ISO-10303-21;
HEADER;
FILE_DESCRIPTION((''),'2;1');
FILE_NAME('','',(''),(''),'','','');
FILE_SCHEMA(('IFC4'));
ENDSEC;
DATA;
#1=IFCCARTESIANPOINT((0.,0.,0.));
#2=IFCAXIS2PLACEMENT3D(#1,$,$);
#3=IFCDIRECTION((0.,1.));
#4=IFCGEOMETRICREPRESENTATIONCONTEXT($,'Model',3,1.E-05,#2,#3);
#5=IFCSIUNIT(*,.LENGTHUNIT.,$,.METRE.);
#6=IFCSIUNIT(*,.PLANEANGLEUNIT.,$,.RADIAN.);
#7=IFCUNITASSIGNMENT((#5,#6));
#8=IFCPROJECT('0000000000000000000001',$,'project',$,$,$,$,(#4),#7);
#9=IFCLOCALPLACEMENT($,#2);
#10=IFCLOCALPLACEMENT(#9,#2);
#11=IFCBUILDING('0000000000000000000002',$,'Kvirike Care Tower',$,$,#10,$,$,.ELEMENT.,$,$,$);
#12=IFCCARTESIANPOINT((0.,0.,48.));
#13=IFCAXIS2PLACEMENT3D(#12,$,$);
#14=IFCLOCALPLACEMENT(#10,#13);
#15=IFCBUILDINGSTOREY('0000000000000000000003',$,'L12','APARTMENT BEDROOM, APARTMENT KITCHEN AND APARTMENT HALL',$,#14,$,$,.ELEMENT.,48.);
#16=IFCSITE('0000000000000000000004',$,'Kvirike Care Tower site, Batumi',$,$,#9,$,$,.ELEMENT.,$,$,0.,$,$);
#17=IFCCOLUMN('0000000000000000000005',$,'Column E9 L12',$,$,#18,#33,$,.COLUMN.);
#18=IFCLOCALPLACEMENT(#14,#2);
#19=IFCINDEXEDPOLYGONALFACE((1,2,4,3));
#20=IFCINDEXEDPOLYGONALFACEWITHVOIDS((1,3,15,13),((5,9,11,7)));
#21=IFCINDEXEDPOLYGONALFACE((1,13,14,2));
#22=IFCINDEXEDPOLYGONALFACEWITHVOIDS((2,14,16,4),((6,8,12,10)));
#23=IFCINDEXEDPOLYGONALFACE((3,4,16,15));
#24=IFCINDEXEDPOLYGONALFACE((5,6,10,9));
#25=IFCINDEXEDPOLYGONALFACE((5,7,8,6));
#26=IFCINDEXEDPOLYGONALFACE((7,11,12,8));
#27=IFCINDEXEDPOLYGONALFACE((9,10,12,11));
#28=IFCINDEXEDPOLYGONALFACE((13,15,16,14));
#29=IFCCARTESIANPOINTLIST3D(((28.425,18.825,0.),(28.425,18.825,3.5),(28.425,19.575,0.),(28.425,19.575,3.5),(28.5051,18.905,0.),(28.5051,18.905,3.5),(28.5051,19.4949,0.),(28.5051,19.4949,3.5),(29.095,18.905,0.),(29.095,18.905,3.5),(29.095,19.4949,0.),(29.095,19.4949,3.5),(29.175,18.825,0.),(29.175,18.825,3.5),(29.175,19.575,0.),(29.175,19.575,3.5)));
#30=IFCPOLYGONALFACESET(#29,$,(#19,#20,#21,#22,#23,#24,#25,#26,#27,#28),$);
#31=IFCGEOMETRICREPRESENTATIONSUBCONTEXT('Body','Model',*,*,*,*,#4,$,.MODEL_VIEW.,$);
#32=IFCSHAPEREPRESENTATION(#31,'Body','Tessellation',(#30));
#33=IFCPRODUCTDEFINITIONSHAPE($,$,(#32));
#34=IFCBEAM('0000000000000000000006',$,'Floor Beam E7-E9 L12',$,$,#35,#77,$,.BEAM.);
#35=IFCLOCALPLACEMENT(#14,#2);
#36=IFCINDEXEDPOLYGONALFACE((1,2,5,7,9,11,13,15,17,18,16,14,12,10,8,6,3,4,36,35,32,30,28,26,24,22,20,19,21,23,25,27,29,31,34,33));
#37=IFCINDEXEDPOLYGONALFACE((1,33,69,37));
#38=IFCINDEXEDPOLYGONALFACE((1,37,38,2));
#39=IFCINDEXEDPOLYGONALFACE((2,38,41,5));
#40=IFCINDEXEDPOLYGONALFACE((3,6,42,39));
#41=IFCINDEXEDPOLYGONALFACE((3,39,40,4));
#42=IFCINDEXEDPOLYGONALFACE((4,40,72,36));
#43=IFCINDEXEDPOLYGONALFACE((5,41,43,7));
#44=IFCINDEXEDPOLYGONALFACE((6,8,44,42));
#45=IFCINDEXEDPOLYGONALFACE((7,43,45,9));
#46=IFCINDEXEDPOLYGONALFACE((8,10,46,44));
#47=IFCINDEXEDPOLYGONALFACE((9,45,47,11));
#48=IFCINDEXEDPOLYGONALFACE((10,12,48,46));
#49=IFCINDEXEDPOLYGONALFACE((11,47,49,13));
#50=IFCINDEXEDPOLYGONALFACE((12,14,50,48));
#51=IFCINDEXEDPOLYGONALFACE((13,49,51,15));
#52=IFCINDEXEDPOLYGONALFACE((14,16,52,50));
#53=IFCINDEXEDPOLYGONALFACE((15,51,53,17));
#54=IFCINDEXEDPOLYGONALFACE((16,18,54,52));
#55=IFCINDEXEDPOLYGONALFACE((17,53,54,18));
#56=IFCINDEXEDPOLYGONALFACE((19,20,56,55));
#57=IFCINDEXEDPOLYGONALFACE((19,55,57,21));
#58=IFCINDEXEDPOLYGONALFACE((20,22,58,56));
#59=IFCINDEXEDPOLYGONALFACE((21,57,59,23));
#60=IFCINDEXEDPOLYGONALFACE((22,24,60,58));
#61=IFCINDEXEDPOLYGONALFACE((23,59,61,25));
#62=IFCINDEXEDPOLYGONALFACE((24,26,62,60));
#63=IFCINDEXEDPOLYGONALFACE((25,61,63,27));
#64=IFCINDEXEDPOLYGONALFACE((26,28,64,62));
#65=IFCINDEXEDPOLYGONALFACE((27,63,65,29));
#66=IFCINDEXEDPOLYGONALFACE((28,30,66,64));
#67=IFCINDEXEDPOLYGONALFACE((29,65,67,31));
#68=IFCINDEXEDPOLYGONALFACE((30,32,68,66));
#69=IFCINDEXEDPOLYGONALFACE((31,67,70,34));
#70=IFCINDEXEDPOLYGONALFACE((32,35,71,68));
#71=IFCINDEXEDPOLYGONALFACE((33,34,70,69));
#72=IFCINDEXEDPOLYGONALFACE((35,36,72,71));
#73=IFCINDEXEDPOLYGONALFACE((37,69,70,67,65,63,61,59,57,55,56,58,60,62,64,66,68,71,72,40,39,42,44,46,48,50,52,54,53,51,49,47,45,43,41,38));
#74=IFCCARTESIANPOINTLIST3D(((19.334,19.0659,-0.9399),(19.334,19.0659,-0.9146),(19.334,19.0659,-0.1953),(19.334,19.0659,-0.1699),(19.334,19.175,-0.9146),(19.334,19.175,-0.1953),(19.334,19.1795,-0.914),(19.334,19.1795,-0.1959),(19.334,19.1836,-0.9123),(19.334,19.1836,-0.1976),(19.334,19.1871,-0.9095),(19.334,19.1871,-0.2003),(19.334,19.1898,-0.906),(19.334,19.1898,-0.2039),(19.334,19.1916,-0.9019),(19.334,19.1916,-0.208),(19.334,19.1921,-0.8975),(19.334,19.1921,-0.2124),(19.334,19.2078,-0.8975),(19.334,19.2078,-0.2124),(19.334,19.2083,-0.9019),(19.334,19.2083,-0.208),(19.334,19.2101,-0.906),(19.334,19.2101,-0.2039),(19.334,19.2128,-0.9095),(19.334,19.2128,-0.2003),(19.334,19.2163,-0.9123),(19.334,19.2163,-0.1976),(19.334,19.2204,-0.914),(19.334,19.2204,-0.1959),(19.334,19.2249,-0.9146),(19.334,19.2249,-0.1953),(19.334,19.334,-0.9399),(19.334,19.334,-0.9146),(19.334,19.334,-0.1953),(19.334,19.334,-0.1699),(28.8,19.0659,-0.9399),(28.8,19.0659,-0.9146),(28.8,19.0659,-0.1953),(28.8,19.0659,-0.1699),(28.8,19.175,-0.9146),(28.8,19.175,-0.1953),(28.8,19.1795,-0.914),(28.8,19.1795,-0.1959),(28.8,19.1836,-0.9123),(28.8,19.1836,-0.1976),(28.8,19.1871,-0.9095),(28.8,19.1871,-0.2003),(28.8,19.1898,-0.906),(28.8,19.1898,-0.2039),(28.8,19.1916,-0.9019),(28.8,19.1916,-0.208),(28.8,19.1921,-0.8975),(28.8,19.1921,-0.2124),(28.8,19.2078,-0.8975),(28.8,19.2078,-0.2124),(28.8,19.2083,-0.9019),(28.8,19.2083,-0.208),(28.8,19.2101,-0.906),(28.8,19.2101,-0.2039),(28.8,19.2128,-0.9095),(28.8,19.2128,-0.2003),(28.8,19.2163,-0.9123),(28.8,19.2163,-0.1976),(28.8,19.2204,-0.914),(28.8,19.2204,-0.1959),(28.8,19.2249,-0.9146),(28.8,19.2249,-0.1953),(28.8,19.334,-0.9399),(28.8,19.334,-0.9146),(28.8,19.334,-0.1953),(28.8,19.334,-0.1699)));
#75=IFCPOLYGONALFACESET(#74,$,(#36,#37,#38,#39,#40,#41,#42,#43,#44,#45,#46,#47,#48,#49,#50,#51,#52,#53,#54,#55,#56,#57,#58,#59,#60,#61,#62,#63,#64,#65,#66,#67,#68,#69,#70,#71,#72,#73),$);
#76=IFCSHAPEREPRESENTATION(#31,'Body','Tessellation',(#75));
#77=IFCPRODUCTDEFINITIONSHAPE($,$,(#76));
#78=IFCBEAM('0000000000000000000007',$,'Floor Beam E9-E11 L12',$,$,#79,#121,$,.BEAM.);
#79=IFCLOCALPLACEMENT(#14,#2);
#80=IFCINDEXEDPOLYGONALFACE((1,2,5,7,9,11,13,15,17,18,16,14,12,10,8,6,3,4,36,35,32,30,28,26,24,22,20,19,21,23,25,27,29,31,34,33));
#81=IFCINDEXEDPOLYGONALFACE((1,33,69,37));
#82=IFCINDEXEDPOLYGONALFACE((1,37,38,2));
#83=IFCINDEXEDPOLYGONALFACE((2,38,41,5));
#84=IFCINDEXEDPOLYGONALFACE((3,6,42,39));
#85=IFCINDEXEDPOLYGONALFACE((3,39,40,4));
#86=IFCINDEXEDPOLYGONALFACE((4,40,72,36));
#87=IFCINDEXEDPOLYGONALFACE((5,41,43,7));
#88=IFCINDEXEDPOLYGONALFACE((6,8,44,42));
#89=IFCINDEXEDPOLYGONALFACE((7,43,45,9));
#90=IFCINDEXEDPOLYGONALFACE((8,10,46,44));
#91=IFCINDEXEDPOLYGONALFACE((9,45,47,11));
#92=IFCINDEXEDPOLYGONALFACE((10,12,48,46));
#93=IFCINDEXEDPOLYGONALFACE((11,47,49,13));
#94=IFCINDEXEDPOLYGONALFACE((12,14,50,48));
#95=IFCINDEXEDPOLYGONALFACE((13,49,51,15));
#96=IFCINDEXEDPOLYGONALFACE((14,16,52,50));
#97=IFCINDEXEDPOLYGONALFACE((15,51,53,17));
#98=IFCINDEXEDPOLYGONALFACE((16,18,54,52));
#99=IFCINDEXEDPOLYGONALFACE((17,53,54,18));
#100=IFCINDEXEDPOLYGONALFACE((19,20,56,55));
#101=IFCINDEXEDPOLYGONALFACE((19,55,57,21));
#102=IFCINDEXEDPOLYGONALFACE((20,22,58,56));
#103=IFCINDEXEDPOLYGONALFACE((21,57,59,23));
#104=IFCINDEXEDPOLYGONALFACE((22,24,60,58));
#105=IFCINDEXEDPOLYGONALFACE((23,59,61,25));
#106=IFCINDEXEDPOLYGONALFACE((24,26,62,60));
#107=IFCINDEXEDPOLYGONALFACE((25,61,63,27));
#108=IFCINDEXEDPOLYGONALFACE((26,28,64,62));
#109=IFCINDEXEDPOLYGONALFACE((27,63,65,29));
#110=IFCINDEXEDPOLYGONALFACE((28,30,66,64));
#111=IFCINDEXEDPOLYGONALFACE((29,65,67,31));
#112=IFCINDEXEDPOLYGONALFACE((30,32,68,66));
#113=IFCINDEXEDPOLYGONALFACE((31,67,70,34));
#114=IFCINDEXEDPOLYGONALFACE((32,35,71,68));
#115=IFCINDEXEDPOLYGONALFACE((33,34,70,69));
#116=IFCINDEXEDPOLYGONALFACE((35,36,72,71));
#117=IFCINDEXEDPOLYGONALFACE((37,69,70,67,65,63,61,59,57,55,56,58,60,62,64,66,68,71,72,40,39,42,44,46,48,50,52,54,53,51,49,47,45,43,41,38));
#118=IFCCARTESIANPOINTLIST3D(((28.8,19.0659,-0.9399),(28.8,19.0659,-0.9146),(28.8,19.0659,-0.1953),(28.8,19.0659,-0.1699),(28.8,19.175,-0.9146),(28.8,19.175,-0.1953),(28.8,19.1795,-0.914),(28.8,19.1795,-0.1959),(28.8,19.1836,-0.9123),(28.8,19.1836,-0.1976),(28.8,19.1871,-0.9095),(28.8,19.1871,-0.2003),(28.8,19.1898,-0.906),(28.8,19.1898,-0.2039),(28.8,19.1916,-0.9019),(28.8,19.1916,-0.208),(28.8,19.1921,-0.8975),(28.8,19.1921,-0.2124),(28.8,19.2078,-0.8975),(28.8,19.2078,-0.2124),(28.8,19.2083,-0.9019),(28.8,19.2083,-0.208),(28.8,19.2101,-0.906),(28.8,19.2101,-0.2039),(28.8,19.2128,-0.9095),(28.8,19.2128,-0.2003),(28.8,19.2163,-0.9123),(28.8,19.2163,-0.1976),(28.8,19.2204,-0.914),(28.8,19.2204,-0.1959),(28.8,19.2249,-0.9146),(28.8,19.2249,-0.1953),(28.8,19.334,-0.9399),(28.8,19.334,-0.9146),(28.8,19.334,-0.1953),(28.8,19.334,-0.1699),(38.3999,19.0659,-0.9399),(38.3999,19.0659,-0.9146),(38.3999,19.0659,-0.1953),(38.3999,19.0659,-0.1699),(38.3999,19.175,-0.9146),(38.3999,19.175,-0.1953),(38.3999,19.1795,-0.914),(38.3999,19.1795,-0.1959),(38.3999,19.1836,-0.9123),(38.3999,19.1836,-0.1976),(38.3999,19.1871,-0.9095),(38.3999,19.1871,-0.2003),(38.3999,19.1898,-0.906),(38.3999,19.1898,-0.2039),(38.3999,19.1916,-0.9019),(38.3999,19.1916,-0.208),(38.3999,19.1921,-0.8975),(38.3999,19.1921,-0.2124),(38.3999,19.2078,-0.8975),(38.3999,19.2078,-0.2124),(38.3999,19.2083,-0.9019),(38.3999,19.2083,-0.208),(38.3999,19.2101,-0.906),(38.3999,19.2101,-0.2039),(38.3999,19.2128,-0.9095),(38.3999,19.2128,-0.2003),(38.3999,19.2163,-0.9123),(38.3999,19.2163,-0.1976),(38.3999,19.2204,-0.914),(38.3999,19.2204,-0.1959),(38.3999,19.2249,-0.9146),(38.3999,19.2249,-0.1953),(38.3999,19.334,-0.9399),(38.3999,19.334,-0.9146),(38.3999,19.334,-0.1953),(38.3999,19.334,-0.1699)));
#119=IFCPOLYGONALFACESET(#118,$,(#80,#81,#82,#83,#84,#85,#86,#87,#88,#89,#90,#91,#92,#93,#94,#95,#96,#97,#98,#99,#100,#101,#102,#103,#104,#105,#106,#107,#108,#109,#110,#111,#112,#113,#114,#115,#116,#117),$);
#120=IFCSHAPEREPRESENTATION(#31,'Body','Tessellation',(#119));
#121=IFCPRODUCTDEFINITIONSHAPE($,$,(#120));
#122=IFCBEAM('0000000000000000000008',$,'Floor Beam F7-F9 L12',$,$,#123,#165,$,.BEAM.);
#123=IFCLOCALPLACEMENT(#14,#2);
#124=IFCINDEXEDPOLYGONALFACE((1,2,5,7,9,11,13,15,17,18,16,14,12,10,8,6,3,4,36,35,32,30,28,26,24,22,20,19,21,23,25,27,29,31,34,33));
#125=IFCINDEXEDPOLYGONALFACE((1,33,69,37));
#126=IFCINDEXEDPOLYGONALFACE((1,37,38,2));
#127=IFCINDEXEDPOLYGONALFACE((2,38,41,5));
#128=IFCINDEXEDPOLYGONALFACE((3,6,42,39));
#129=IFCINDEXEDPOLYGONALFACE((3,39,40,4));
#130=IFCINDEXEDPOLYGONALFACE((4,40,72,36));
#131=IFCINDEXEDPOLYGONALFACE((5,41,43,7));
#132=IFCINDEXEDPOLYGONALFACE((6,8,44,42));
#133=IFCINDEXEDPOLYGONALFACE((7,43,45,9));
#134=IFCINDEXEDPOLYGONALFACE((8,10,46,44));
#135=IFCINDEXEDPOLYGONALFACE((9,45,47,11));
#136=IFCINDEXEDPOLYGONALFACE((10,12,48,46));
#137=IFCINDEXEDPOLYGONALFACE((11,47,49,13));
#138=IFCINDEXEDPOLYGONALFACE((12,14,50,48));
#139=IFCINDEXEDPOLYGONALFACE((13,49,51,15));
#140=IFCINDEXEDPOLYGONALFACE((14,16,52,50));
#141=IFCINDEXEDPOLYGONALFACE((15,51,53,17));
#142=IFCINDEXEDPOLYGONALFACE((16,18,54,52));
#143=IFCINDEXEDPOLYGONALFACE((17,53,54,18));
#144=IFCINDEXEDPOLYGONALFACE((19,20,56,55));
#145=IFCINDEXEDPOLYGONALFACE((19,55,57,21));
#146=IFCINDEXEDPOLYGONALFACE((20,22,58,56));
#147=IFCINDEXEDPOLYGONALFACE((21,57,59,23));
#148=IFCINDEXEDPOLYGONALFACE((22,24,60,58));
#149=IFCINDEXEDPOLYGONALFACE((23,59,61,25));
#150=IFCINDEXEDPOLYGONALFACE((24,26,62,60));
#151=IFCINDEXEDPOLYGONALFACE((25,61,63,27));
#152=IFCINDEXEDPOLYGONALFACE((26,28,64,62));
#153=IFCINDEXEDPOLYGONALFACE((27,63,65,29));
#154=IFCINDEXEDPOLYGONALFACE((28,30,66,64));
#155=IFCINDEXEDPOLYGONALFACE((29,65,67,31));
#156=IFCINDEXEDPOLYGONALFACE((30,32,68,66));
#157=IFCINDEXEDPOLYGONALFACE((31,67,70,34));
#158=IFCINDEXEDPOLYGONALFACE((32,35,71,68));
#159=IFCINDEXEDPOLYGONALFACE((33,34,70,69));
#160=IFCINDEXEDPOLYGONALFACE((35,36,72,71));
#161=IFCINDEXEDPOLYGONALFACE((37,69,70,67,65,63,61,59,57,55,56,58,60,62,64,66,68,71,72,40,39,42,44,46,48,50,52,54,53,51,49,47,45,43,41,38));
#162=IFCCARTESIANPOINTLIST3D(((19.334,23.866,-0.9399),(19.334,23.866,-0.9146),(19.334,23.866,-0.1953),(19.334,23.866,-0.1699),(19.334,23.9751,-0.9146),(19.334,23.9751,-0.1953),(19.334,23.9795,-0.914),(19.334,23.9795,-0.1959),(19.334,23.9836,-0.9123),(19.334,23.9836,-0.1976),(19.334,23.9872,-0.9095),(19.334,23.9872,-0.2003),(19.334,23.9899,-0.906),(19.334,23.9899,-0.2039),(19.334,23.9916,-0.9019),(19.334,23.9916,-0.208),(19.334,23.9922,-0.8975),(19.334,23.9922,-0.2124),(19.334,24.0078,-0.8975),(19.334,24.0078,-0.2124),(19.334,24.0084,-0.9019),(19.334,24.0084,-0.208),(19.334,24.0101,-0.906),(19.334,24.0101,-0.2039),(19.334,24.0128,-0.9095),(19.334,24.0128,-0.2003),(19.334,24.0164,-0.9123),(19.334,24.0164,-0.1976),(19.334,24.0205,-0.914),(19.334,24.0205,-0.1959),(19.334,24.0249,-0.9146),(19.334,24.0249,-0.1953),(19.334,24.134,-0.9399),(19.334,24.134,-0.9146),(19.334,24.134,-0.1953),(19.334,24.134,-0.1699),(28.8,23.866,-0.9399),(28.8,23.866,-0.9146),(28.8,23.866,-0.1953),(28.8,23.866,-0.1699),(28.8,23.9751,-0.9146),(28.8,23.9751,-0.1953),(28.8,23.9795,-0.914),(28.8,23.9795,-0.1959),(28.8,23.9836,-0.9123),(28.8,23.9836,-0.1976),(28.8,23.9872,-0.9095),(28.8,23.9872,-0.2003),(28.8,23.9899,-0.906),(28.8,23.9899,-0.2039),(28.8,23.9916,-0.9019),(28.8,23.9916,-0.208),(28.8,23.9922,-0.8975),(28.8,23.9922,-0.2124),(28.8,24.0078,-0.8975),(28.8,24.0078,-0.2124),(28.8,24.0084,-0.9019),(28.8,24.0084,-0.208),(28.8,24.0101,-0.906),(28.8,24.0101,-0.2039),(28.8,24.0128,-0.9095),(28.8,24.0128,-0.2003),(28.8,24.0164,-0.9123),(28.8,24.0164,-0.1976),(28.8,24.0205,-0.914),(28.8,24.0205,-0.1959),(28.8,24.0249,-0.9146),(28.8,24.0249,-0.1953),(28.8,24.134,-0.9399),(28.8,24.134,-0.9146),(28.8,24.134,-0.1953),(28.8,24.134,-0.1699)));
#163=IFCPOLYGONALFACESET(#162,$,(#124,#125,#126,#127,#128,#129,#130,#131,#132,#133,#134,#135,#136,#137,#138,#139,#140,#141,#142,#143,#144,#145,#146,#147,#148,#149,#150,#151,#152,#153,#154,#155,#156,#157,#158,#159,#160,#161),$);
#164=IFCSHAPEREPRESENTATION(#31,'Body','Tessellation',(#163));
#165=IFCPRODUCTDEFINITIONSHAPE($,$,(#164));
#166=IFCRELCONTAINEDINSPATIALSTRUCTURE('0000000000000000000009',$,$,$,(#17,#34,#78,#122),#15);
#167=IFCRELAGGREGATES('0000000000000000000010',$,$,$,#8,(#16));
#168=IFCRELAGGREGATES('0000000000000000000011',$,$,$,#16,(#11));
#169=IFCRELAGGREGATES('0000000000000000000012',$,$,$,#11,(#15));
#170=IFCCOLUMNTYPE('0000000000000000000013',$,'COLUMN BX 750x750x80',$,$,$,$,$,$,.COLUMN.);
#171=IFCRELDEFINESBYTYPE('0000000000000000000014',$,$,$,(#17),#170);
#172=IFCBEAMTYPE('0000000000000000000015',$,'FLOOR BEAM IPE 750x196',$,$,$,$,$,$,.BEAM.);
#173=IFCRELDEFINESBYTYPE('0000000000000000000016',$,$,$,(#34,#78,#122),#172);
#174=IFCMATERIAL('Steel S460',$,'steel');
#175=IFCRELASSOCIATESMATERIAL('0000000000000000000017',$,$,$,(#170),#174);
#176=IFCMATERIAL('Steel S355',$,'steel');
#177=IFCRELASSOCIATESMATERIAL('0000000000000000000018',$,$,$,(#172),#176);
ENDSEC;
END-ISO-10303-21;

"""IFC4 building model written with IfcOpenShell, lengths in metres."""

from ifc_helpers import new_model, si_unit, direction, frame, origin, origin_2d, place, context, subcontext, project, spatial, hollow_rectangle, i_section, extrude, material, material_profile, profile_set, type_object, element, save


model = new_model("IFC4")

# Units and contexts
model_context = context("Model", 3, precision=1e-05, world=origin(), true_north=direction((0.0, 1.0)))
body_context = subcontext(model_context, "Body", "Model", "MODEL_VIEW")
ifc_project = project(units=[si_unit("LENGTHUNIT", "METRE"), si_unit("PLANEANGLEUNIT", "RADIAN")], contexts=[model_context])

# Site, building, storey
site_placement = place(None, origin())
site = spatial("IfcSite", under=ifc_project, at=site_placement, Name="Kvirike Care Tower site, Batumi", CompositionType="ELEMENT", RefElevation=0.0)
building_placement = place(site_placement, origin())
building = spatial("IfcBuilding", under=site, at=building_placement, Name="Kvirike Care Tower", CompositionType="ELEMENT")
storey_placement = place(building_placement, frame((0.0, 0.0, 48.0)))
storey = spatial("IfcBuildingStorey", under=building, at=storey_placement, Name="L12", Description="APARTMENT BEDROOM, APARTMENT KITCHEN AND APARTMENT HALL", CompositionType="ELEMENT", Elevation=48.0)

# Column
ifc_material_1 = material(Name="Steel S460", Category="steel")
ifc_material_profile_1 = material_profile(ifc_material_1, hollow_rectangle(XDim=0.75, YDim=0.75, WallThickness=0.0801, at=origin_2d()), Name="BX 750x750x80")
ifc_profile_set_1 = profile_set([ifc_material_profile_1], Name="Steel S460")
column_type = type_object("IfcColumnType", Name="COLUMN BX 750x750x80", PredefinedType="COLUMN", material=ifc_profile_set_1)
column_placement = place(storey_placement, frame((28.8, 19.2, 0.0), z_axis=(0.0, 0.0, 1.0), x_axis=(1.0, 0.0, 0.0)))
element("IfcColumn", 1, at=column_placement, inside=storey, type_object=column_type, Name="Column E9 L12", PredefinedType="COLUMN", context=body_context, shape_type="SweptSolid", body=[
    extrude(hollow_rectangle(XDim=0.75, YDim=0.75, WallThickness=0.0801, at=origin_2d()), origin(), (0.0, 0.0, 1.0), 3.5),
])

# Beams
ifc_material_2 = material(Name="Steel S355", Category="steel")
ifc_material_profile_2 = material_profile(ifc_material_2, i_section(OverallWidth=0.2681, OverallDepth=0.77, WebThickness=0.0156, FlangeThickness=0.0254, FilletRadius=0.0171, at=origin_2d()), Name="IPE 750x196")
ifc_profile_set_2 = profile_set([ifc_material_profile_2], Name="Steel S355")
beam_type_1 = type_object("IfcBeamType", Name="FLOOR BEAM IPE 750x196", PredefinedType="BEAM", material=ifc_profile_set_2)
beam_1_placement = place(storey_placement, frame((19.334, 19.2, -0.5549), z_axis=(1.0, 0.0, 0.0), x_axis=(0.0, 1.0, 0.0)))
element("IfcBeam", 2, at=beam_1_placement, inside=storey, type_object=beam_type_1, Name="Floor Beam E7-E9 L12", PredefinedType="BEAM", context=body_context, shape_type="SweptSolid", body=[
    extrude(i_section(OverallWidth=0.2681, OverallDepth=0.77, WebThickness=0.0156, FlangeThickness=0.0254, FilletRadius=0.0171, at=origin_2d()), origin(), (0.0, 0.0, 1.0), 9.4661),
])
beam_2_placement = place(storey_placement, frame((28.8, 19.2, -0.5549), z_axis=(1.0, 0.0, 0.0), x_axis=(0.0, 1.0, 0.0)))
element("IfcBeam", 3, at=beam_2_placement, inside=storey, type_object=beam_type_1, Name="Floor Beam E9-E11 L12", PredefinedType="BEAM", context=body_context, shape_type="SweptSolid", body=[
    extrude(i_section(OverallWidth=0.2681, OverallDepth=0.77, WebThickness=0.0156, FlangeThickness=0.0254, FilletRadius=0.0171, at=origin_2d()), origin(), (0.0, 0.0, 1.0), 9.5999),
])
beam_3_placement = place(storey_placement, frame((19.334, 24.0, -0.5549), z_axis=(1.0, 0.0, 0.0), x_axis=(0.0, 1.0, 0.0)))
element("IfcBeam", 4, at=beam_3_placement, inside=storey, type_object=beam_type_1, Name="Floor Beam F7-F9 L12", PredefinedType="BEAM", context=body_context, shape_type="SweptSolid", body=[
    extrude(i_section(OverallWidth=0.2681, OverallDepth=0.77, WebThickness=0.0156, FlangeThickness=0.0254, FilletRadius=0.0171, at=origin_2d()), origin(), (0.0, 0.0, 1.0), 9.4661),
])

save(model, "model.ifc")
